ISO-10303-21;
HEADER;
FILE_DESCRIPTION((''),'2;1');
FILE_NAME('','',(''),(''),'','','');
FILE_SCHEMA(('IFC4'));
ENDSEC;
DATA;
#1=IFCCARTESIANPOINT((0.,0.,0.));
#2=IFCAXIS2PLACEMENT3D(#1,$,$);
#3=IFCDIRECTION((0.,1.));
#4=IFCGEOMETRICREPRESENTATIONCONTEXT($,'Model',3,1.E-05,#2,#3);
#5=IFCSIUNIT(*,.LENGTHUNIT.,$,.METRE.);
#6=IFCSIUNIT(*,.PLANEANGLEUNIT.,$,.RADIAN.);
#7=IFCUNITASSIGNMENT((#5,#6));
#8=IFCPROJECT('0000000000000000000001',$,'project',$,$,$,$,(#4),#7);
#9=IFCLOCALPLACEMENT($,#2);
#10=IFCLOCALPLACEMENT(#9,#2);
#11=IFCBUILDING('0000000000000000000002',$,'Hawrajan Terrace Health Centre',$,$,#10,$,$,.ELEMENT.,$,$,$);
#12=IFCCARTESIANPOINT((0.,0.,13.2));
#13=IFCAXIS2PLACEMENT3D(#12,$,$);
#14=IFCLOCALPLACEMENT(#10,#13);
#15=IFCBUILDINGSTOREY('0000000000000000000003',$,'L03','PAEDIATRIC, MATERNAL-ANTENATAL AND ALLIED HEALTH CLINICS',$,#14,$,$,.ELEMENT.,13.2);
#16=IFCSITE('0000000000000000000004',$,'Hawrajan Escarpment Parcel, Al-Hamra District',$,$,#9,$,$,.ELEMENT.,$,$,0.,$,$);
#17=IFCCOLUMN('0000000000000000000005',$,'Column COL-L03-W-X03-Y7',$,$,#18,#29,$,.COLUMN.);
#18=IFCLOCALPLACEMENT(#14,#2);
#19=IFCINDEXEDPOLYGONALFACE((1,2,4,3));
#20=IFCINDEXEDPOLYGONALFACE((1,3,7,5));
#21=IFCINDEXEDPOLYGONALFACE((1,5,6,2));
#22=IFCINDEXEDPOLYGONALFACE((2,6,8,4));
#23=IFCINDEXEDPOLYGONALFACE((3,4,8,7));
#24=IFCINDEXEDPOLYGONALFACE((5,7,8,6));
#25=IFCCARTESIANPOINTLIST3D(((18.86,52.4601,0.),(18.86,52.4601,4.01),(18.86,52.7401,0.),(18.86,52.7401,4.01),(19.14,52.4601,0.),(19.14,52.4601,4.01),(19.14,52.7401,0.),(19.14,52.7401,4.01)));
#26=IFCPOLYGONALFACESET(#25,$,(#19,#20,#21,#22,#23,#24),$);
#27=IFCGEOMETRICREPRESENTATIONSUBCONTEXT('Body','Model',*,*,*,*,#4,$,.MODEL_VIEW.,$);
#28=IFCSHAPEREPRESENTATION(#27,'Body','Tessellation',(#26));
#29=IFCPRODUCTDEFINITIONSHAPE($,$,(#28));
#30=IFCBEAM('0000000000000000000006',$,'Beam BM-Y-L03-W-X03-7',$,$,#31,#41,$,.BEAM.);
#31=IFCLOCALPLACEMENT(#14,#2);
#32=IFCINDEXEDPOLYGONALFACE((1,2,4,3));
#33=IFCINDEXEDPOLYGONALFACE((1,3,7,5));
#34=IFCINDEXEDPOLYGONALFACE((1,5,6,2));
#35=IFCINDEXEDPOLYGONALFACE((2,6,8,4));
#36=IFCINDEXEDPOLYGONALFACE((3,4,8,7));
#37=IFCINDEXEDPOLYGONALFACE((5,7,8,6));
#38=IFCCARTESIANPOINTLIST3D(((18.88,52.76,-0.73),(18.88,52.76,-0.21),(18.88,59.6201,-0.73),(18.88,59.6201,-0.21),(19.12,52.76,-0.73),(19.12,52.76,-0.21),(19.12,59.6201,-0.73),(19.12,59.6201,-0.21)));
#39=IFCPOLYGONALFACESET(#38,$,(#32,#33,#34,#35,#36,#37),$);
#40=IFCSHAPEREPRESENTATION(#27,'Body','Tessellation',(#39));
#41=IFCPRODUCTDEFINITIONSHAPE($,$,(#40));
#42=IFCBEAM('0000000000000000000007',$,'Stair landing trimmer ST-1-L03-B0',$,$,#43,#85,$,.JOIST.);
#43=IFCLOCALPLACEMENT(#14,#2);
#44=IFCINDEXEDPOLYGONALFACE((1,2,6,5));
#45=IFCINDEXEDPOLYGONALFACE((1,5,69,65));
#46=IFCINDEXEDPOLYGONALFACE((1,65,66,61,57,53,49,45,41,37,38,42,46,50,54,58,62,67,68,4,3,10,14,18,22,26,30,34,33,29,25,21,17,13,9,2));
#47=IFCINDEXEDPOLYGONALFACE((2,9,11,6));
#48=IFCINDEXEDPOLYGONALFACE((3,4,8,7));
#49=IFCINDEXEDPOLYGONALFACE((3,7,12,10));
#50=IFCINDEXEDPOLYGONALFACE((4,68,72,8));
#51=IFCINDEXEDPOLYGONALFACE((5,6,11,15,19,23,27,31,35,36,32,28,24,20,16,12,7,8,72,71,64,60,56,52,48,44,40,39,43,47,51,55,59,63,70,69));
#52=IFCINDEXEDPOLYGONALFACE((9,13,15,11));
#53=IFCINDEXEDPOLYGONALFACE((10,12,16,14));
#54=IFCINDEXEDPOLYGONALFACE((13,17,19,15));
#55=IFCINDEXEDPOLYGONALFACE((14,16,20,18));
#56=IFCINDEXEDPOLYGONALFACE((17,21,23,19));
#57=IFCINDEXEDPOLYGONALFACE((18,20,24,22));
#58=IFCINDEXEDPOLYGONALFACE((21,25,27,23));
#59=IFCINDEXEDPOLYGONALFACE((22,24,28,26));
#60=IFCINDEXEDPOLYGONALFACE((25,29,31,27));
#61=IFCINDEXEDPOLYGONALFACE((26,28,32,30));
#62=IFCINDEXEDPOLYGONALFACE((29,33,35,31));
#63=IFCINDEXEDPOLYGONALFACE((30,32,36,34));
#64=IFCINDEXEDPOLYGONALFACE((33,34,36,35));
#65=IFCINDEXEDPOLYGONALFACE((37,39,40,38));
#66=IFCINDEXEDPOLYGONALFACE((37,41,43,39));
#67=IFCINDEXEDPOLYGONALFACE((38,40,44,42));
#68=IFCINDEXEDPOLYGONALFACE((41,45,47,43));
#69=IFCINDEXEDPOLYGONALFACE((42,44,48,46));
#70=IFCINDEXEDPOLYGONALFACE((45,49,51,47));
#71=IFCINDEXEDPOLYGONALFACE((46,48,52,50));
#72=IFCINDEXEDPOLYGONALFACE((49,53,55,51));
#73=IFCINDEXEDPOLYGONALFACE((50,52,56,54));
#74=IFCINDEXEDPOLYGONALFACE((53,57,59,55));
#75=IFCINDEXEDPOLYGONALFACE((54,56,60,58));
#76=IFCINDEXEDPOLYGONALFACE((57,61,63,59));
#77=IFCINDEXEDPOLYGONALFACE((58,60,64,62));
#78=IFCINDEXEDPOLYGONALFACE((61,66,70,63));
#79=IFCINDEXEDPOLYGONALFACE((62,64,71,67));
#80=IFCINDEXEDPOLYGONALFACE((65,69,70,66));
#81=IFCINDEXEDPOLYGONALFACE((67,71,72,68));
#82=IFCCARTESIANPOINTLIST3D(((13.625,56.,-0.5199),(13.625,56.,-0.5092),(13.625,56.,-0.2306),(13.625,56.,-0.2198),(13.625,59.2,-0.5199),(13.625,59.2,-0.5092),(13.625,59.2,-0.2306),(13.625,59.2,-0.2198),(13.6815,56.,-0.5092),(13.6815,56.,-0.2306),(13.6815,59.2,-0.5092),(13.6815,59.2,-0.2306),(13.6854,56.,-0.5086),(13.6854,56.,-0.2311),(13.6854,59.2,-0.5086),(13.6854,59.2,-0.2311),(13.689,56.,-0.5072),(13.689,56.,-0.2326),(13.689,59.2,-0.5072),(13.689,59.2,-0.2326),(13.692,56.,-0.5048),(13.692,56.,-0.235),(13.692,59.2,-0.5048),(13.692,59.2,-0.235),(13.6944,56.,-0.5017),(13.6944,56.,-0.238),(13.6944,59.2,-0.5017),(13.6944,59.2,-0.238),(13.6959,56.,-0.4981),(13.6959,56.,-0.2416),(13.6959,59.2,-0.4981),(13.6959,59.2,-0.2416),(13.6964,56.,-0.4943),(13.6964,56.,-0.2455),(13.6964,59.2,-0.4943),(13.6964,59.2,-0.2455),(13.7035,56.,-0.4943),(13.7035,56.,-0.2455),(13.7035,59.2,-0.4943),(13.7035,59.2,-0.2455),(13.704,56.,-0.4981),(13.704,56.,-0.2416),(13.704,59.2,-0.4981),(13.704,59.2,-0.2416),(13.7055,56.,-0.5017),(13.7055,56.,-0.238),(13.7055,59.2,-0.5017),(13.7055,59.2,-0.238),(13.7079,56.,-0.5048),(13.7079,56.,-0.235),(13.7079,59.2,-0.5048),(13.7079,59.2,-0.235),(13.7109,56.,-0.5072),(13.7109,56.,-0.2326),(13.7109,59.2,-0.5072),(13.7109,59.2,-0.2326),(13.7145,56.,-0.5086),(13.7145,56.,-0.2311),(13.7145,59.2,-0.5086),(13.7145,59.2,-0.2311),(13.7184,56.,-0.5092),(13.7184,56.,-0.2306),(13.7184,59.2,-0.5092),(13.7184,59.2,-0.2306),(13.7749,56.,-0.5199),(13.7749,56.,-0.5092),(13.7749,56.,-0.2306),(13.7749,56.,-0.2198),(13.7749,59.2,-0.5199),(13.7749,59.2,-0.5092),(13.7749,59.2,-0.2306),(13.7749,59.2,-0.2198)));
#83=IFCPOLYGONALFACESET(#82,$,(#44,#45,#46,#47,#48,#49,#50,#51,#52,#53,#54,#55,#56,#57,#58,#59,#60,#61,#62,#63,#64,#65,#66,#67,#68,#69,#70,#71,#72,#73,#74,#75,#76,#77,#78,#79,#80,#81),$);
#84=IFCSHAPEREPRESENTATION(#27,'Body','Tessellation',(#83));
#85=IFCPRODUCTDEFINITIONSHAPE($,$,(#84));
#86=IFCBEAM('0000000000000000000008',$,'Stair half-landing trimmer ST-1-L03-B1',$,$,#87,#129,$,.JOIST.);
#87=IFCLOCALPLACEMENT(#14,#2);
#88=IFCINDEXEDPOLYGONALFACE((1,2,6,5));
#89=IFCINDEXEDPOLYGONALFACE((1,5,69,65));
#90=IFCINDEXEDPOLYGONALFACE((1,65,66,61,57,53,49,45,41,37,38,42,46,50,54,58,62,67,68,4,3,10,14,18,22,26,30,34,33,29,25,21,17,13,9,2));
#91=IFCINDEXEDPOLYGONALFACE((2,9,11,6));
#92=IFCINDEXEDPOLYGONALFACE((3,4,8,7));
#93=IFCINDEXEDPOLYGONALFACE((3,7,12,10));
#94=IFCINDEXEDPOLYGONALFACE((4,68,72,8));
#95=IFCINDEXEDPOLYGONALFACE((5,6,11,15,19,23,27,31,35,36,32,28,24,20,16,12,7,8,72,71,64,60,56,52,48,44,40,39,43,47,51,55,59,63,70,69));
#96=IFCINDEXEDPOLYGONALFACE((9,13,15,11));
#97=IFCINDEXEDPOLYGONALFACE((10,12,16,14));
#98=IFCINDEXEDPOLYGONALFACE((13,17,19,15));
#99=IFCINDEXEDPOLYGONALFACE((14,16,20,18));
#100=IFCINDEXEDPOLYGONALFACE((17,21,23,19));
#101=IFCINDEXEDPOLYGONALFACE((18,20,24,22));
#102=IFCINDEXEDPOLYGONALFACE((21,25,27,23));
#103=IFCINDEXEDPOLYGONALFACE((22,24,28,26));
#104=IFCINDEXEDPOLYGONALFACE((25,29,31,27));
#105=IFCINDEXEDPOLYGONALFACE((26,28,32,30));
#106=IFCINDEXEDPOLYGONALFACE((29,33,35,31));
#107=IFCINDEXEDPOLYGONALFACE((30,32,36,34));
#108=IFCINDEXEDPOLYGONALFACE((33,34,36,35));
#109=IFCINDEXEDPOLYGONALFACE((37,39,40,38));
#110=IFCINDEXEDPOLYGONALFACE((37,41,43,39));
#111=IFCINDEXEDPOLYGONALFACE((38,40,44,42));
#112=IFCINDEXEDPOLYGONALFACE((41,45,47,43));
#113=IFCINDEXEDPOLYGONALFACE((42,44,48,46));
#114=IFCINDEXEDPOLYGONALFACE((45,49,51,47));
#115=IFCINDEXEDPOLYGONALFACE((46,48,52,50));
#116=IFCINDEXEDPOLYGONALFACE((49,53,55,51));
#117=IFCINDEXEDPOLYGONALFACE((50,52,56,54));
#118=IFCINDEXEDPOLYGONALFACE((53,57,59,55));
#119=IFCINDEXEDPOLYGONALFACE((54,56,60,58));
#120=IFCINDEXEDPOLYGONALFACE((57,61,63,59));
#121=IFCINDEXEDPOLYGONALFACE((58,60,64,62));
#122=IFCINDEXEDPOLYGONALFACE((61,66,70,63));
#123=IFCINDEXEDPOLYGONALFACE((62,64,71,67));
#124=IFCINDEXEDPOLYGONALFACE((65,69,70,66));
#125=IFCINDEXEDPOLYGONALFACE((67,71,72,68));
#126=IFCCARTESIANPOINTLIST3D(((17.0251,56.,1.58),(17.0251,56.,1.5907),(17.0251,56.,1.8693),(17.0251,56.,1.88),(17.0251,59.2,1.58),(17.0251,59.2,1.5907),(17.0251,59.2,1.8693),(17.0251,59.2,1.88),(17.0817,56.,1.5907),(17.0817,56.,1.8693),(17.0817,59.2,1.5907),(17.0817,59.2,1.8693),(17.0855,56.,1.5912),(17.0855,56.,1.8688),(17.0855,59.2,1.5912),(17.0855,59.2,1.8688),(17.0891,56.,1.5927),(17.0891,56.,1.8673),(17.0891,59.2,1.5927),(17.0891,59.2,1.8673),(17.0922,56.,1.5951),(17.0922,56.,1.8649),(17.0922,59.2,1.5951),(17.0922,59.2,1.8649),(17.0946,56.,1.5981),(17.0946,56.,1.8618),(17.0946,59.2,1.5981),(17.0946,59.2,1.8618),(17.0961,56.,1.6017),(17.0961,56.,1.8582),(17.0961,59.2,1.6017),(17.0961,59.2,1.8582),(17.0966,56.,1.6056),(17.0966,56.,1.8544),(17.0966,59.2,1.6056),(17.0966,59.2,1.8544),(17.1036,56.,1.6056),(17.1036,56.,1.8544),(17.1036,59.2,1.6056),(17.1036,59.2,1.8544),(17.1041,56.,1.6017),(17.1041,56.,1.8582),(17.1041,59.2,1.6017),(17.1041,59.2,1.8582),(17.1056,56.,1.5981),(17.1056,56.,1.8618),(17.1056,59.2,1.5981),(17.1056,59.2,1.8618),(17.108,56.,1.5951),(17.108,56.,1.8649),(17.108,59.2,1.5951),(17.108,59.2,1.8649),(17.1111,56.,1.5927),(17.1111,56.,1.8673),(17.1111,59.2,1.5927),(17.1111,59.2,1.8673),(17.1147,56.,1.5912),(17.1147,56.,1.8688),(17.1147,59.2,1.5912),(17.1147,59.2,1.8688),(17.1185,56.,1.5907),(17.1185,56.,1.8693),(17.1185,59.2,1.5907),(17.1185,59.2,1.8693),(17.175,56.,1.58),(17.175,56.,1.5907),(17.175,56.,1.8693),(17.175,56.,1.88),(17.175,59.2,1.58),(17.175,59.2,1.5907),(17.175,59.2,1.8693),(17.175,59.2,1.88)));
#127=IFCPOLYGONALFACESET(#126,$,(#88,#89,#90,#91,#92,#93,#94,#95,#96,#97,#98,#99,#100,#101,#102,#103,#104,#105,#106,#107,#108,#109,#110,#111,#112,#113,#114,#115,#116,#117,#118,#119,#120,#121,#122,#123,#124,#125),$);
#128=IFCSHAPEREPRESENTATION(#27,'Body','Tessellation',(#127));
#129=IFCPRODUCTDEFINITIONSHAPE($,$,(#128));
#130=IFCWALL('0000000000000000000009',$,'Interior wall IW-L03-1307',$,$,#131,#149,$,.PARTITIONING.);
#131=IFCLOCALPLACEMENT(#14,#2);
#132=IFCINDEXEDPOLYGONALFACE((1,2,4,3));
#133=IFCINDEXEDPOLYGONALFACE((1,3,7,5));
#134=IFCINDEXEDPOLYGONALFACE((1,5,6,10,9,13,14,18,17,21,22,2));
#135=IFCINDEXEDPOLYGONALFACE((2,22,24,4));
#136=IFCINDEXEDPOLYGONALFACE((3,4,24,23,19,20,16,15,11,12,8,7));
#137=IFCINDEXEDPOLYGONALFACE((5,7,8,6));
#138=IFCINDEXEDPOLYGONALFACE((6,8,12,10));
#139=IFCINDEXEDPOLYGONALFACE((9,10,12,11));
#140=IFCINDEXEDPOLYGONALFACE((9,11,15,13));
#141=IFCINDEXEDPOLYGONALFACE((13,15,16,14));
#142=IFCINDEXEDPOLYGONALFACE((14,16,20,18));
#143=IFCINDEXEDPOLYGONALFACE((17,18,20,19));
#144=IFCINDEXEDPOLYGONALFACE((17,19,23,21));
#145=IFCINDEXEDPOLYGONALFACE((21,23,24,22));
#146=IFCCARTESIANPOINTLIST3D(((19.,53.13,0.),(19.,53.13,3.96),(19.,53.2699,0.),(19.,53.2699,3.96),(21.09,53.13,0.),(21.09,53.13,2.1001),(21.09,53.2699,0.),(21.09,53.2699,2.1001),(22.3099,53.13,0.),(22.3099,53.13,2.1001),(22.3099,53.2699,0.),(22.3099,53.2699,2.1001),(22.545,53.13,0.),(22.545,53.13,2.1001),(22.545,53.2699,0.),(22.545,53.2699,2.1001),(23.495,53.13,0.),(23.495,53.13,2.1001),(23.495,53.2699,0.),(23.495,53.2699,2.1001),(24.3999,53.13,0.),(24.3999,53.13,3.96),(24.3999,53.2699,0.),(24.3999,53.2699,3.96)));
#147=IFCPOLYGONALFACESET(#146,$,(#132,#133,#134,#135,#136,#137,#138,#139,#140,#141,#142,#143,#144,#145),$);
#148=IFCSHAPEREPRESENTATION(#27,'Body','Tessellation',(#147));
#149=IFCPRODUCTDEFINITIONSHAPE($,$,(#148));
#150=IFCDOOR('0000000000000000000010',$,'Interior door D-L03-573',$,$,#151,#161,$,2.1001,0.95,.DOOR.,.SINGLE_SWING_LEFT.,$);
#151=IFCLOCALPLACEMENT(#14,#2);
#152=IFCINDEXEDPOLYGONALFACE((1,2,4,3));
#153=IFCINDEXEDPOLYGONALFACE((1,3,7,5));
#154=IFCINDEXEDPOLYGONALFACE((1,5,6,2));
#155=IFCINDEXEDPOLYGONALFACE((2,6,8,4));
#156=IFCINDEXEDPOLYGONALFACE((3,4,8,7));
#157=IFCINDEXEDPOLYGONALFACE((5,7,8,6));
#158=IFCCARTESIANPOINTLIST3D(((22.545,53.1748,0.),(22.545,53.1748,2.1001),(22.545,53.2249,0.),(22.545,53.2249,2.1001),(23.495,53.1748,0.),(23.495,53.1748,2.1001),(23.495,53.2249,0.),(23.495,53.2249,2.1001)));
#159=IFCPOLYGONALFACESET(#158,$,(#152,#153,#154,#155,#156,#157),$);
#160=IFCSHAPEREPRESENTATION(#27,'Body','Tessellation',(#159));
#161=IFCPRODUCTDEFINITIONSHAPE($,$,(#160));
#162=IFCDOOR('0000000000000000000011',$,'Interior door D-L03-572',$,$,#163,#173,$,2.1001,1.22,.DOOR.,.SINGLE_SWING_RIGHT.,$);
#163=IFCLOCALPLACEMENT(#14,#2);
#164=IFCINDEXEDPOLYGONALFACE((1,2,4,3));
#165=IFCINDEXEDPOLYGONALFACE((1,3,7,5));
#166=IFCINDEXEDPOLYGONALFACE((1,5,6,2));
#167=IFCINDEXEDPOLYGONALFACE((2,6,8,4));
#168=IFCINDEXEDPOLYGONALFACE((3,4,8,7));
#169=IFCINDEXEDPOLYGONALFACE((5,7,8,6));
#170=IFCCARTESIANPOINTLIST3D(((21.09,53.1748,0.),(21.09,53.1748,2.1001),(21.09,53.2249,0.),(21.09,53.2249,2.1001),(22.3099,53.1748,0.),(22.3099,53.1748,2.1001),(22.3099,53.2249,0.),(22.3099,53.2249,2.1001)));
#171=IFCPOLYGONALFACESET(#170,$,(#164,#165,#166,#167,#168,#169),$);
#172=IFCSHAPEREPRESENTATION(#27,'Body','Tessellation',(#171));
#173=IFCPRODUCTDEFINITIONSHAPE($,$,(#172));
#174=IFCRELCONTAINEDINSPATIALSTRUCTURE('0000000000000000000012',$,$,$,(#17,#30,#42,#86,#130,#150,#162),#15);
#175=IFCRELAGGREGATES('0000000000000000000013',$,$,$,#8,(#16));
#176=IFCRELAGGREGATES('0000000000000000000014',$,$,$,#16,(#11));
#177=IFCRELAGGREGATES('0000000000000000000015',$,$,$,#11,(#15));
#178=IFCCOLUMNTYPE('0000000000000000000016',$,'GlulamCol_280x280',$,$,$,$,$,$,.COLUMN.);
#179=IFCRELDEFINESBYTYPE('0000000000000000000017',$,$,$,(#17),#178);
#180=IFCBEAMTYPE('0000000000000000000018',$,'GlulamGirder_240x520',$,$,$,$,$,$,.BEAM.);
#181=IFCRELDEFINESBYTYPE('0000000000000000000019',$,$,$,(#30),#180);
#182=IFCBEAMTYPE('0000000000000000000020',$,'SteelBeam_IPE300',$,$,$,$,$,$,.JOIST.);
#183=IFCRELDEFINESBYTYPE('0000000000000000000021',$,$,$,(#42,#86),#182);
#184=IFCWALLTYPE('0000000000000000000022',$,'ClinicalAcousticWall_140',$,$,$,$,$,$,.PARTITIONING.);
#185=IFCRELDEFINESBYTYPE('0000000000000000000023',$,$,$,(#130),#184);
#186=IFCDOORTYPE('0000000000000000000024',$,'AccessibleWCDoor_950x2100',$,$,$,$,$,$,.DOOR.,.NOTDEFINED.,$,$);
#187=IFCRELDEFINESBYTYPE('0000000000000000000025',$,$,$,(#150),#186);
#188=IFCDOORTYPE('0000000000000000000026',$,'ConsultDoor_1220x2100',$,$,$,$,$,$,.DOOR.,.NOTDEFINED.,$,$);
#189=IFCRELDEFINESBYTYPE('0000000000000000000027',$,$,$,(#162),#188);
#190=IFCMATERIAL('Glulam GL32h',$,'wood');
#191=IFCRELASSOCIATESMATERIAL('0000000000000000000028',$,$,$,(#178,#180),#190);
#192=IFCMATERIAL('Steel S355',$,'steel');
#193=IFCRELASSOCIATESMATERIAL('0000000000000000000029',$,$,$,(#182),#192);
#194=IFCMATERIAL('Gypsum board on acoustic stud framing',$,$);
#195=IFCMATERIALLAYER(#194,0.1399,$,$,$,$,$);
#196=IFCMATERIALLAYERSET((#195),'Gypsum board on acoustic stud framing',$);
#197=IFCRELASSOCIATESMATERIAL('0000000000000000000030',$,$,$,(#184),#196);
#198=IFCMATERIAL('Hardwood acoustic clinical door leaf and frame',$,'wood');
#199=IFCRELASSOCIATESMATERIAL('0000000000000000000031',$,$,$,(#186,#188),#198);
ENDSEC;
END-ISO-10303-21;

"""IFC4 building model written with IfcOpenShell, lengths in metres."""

from ifc_helpers import new_model, si_unit, direction, frame, frame_2d, origin, origin_2d, place, context, subcontext, project, spatial, rectangle, i_section, extrude, material, layer, layer_set, material_profile, profile_set, type_object, element, fill, save


model = new_model("IFC4")

# Units and contexts
model_context = context("Model", 3, precision=1e-05, world=origin(), true_north=direction((0.0, 1.0)))
body_context = subcontext(model_context, "Body", "Model", "MODEL_VIEW")
ifc_project = project(units=[si_unit("LENGTHUNIT", "METRE"), si_unit("PLANEANGLEUNIT", "RADIAN")], contexts=[model_context])

# Site, building, storey
site_placement = place(None, origin())
site = spatial("IfcSite", under=ifc_project, at=site_placement, Name="Hawrajan Escarpment Parcel, Al-Hamra District", CompositionType="ELEMENT", RefElevation=0.0)
building_placement = place(site_placement, origin())
building = spatial("IfcBuilding", under=site, at=building_placement, Name="Hawrajan Terrace Health Centre", CompositionType="ELEMENT")
storey_placement = place(building_placement, frame((0.0, 0.0, 13.2)))
storey = spatial("IfcBuildingStorey", under=building, at=storey_placement, Name="L03", Description="PAEDIATRIC, MATERNAL-ANTENATAL AND ALLIED HEALTH CLINICS", CompositionType="ELEMENT", Elevation=13.2)

# Column
ifc_material_1 = material(Name="Glulam GL32h", Category="wood")
ifc_material_profile_1 = material_profile(ifc_material_1, rectangle(XDim=0.28, YDim=0.28, at=origin_2d()), Name="GL 280x280")
ifc_profile_set_1 = profile_set([ifc_material_profile_1], Name="Glulam GL32h")
column_type = type_object("IfcColumnType", Name="GlulamCol_280x280", PredefinedType="COLUMN", material=ifc_profile_set_1)
column_placement = place(storey_placement, frame((19.0, 52.6001, 0.0), z_axis=(0.0, 0.0, 1.0), x_axis=(1.0, 0.0, 0.0)))
element("IfcColumn", 1, at=column_placement, inside=storey, type_object=column_type, Name="Column COL-L03-W-X03-Y7", PredefinedType="COLUMN", context=body_context, shape_type="SweptSolid", body=[
    extrude(rectangle(XDim=0.28, YDim=0.28, at=origin_2d()), origin(), (0.0, 0.0, 1.0), 4.01),
])

# Beams
ifc_material_profile_2 = material_profile(ifc_material_1, rectangle(XDim=0.24, YDim=0.52, at=origin_2d()), Name="GL BM 240x520")
ifc_profile_set_2 = profile_set([ifc_material_profile_2], Name="Glulam GL32h")
beam_type_1 = type_object("IfcBeamType", Name="GlulamGirder_240x520", PredefinedType="BEAM", material=ifc_profile_set_2)
beam_placement = place(storey_placement, frame((19.0, 52.76, -0.47), z_axis=(0.0, 1.0, 0.0), x_axis=(-1.0, 0.0, 0.0)))
element("IfcBeam", 2, at=beam_placement, inside=storey, type_object=beam_type_1, Name="Beam BM-Y-L03-W-X03-7", PredefinedType="BEAM", context=body_context, shape_type="SweptSolid", body=[
    extrude(rectangle(XDim=0.24, YDim=0.52, at=origin_2d()), origin(), (0.0, 0.0, 1.0), 6.8601),
])
ifc_material_2 = material(Name="Steel S355", Category="steel")
ifc_material_profile_3 = material_profile(ifc_material_2, i_section(OverallWidth=0.1499, OverallDepth=0.3, WebThickness=0.0071, FlangeThickness=0.0107, FilletRadius=0.0149, at=origin_2d()), Name="IPE 300")
ifc_profile_set_3 = profile_set([ifc_material_profile_3], Name="Steel S355")
beam_type_2 = type_object("IfcBeamType", Name="SteelBeam_IPE300", PredefinedType="JOIST", material=ifc_profile_set_3)
for number, where, z_axis, x_axis, name in (
    (3, (13.7, 56.0, -0.3699), (0.0, 1.0, 0.0), (-1.0, 0.0, 0.0), "Stair landing trimmer ST-1-L03-B0"),
    (4, (17.1001, 56.0, 1.73), (0.0, 1.0, 0.0), (-1.0, 0.0, 0.0), "Stair half-landing trimmer ST-1-L03-B1"),
):
    element("IfcBeam", number, at=place(storey_placement, frame(where, z_axis=z_axis, x_axis=x_axis)), inside=storey, type_object=beam_type_2, Name=name, PredefinedType="JOIST", context=body_context, shape_type="SweptSolid", body=[
        extrude(i_section(OverallWidth=0.1499, OverallDepth=0.3, WebThickness=0.0071, FlangeThickness=0.0107, FilletRadius=0.0149, at=origin_2d()), origin(), (0.0, 0.0, 1.0), 3.2),
    ])

# Wall, openings, doors
ifc_material_3 = material(Name="Gypsum board on acoustic stud framing")
ifc_layer_1 = layer(ifc_material_3, 0.1399)
ifc_layer_set_1 = layer_set([ifc_layer_1], Name="Gypsum board on acoustic stud framing")
wall_type_1 = type_object("IfcWallType", Name="ClinicalAcousticWall_140", PredefinedType="PARTITIONING", material=ifc_layer_set_1)
wall_1_placement = place(storey_placement, frame((19.0, 53.2, 0.0), z_axis=(0.0, 0.0, 1.0), x_axis=(1.0, 0.0, 0.0)))
wall_1 = element("IfcWall", 5, at=wall_1_placement, inside=storey, type_object=wall_type_1, Name="Interior wall IW-L03-1307", PredefinedType="PARTITIONING", context=body_context, shape_type="SweptSolid", body=[
    extrude(rectangle(XDim=5.3999, YDim=0.1399, at=frame_2d((2.7, 0.0))), origin(), (0.0, 0.0, 1.0), 3.96),
])
opening_1_placement = place(wall_1_placement, frame((2.0901, 0.0, 0.0)))
opening_1 = element("IfcOpeningElement", 6, at=opening_1_placement, cuts=wall_1, PredefinedType="OPENING", context=body_context, shape_type="SweptSolid", body=[
    extrude(rectangle(XDim=1.22, YDim=2.1001, at=frame_2d((0.6099, 1.05))), frame((0.0, 0.0798, 0.0), z_axis=(0.0, -1.0, 0.0), x_axis=(1.0, 0.0, 0.0)), (0.0, 0.0, 1.0), 0.1599),
])
opening_2_placement = place(wall_1_placement, frame((3.5449, 0.0, 0.0)))
opening_2 = element("IfcOpeningElement", 7, at=opening_2_placement, cuts=wall_1, PredefinedType="OPENING", context=body_context, shape_type="SweptSolid", body=[
    extrude(rectangle(XDim=0.95, YDim=2.1001, at=frame_2d((0.4751, 1.05))), frame((0.0, 0.0798, 0.0), z_axis=(0.0, -1.0, 0.0), x_axis=(1.0, 0.0, 0.0)), (0.0, 0.0, 1.0), 0.1599),
])
ifc_material_4 = material(Name="Hardwood acoustic clinical door leaf and frame", Category="wood")
door_type_1 = type_object("IfcDoorType", Name="AccessibleWCDoor_950x2100", OperationType="NOTDEFINED", PredefinedType="DOOR", material=ifc_material_4)
door_1_placement = place(opening_2_placement, origin())
door_1 = element("IfcDoor", 8, at=door_1_placement, inside=storey, type_object=door_type_1, Name="Interior door D-L03-573", OperationType="SINGLE_SWING_LEFT", OverallHeight=2.1001, OverallWidth=0.95, PredefinedType="DOOR", context=body_context, shape_type="SweptSolid", body=[
    extrude(rectangle(XDim=0.95, YDim=2.1001, at=frame_2d((0.4751, 1.05))), frame((0.0, 0.0249, 0.0), z_axis=(0.0, -1.0, 0.0), x_axis=(1.0, 0.0, 0.0)), (0.0, 0.0, 1.0), 0.05),
])
fill(opening_2, door_1)
door_type_2 = type_object("IfcDoorType", Name="ConsultDoor_1220x2100", OperationType="NOTDEFINED", PredefinedType="DOOR", material=ifc_material_4)
door_2_placement = place(opening_1_placement, origin())
door_2 = element("IfcDoor", 9, at=door_2_placement, inside=storey, type_object=door_type_2, Name="Interior door D-L03-572", OperationType="SINGLE_SWING_RIGHT", OverallHeight=2.1001, OverallWidth=1.22, PredefinedType="DOOR", context=body_context, shape_type="SweptSolid", body=[
    extrude(rectangle(XDim=1.22, YDim=2.1001, at=frame_2d((0.6099, 1.05))), frame((0.0, 0.0249, 0.0), z_axis=(0.0, -1.0, 0.0), x_axis=(1.0, 0.0, 0.0)), (0.0, 0.0, 1.0), 0.05),
])
fill(opening_1, door_2)

save(model, "model.ifc")
